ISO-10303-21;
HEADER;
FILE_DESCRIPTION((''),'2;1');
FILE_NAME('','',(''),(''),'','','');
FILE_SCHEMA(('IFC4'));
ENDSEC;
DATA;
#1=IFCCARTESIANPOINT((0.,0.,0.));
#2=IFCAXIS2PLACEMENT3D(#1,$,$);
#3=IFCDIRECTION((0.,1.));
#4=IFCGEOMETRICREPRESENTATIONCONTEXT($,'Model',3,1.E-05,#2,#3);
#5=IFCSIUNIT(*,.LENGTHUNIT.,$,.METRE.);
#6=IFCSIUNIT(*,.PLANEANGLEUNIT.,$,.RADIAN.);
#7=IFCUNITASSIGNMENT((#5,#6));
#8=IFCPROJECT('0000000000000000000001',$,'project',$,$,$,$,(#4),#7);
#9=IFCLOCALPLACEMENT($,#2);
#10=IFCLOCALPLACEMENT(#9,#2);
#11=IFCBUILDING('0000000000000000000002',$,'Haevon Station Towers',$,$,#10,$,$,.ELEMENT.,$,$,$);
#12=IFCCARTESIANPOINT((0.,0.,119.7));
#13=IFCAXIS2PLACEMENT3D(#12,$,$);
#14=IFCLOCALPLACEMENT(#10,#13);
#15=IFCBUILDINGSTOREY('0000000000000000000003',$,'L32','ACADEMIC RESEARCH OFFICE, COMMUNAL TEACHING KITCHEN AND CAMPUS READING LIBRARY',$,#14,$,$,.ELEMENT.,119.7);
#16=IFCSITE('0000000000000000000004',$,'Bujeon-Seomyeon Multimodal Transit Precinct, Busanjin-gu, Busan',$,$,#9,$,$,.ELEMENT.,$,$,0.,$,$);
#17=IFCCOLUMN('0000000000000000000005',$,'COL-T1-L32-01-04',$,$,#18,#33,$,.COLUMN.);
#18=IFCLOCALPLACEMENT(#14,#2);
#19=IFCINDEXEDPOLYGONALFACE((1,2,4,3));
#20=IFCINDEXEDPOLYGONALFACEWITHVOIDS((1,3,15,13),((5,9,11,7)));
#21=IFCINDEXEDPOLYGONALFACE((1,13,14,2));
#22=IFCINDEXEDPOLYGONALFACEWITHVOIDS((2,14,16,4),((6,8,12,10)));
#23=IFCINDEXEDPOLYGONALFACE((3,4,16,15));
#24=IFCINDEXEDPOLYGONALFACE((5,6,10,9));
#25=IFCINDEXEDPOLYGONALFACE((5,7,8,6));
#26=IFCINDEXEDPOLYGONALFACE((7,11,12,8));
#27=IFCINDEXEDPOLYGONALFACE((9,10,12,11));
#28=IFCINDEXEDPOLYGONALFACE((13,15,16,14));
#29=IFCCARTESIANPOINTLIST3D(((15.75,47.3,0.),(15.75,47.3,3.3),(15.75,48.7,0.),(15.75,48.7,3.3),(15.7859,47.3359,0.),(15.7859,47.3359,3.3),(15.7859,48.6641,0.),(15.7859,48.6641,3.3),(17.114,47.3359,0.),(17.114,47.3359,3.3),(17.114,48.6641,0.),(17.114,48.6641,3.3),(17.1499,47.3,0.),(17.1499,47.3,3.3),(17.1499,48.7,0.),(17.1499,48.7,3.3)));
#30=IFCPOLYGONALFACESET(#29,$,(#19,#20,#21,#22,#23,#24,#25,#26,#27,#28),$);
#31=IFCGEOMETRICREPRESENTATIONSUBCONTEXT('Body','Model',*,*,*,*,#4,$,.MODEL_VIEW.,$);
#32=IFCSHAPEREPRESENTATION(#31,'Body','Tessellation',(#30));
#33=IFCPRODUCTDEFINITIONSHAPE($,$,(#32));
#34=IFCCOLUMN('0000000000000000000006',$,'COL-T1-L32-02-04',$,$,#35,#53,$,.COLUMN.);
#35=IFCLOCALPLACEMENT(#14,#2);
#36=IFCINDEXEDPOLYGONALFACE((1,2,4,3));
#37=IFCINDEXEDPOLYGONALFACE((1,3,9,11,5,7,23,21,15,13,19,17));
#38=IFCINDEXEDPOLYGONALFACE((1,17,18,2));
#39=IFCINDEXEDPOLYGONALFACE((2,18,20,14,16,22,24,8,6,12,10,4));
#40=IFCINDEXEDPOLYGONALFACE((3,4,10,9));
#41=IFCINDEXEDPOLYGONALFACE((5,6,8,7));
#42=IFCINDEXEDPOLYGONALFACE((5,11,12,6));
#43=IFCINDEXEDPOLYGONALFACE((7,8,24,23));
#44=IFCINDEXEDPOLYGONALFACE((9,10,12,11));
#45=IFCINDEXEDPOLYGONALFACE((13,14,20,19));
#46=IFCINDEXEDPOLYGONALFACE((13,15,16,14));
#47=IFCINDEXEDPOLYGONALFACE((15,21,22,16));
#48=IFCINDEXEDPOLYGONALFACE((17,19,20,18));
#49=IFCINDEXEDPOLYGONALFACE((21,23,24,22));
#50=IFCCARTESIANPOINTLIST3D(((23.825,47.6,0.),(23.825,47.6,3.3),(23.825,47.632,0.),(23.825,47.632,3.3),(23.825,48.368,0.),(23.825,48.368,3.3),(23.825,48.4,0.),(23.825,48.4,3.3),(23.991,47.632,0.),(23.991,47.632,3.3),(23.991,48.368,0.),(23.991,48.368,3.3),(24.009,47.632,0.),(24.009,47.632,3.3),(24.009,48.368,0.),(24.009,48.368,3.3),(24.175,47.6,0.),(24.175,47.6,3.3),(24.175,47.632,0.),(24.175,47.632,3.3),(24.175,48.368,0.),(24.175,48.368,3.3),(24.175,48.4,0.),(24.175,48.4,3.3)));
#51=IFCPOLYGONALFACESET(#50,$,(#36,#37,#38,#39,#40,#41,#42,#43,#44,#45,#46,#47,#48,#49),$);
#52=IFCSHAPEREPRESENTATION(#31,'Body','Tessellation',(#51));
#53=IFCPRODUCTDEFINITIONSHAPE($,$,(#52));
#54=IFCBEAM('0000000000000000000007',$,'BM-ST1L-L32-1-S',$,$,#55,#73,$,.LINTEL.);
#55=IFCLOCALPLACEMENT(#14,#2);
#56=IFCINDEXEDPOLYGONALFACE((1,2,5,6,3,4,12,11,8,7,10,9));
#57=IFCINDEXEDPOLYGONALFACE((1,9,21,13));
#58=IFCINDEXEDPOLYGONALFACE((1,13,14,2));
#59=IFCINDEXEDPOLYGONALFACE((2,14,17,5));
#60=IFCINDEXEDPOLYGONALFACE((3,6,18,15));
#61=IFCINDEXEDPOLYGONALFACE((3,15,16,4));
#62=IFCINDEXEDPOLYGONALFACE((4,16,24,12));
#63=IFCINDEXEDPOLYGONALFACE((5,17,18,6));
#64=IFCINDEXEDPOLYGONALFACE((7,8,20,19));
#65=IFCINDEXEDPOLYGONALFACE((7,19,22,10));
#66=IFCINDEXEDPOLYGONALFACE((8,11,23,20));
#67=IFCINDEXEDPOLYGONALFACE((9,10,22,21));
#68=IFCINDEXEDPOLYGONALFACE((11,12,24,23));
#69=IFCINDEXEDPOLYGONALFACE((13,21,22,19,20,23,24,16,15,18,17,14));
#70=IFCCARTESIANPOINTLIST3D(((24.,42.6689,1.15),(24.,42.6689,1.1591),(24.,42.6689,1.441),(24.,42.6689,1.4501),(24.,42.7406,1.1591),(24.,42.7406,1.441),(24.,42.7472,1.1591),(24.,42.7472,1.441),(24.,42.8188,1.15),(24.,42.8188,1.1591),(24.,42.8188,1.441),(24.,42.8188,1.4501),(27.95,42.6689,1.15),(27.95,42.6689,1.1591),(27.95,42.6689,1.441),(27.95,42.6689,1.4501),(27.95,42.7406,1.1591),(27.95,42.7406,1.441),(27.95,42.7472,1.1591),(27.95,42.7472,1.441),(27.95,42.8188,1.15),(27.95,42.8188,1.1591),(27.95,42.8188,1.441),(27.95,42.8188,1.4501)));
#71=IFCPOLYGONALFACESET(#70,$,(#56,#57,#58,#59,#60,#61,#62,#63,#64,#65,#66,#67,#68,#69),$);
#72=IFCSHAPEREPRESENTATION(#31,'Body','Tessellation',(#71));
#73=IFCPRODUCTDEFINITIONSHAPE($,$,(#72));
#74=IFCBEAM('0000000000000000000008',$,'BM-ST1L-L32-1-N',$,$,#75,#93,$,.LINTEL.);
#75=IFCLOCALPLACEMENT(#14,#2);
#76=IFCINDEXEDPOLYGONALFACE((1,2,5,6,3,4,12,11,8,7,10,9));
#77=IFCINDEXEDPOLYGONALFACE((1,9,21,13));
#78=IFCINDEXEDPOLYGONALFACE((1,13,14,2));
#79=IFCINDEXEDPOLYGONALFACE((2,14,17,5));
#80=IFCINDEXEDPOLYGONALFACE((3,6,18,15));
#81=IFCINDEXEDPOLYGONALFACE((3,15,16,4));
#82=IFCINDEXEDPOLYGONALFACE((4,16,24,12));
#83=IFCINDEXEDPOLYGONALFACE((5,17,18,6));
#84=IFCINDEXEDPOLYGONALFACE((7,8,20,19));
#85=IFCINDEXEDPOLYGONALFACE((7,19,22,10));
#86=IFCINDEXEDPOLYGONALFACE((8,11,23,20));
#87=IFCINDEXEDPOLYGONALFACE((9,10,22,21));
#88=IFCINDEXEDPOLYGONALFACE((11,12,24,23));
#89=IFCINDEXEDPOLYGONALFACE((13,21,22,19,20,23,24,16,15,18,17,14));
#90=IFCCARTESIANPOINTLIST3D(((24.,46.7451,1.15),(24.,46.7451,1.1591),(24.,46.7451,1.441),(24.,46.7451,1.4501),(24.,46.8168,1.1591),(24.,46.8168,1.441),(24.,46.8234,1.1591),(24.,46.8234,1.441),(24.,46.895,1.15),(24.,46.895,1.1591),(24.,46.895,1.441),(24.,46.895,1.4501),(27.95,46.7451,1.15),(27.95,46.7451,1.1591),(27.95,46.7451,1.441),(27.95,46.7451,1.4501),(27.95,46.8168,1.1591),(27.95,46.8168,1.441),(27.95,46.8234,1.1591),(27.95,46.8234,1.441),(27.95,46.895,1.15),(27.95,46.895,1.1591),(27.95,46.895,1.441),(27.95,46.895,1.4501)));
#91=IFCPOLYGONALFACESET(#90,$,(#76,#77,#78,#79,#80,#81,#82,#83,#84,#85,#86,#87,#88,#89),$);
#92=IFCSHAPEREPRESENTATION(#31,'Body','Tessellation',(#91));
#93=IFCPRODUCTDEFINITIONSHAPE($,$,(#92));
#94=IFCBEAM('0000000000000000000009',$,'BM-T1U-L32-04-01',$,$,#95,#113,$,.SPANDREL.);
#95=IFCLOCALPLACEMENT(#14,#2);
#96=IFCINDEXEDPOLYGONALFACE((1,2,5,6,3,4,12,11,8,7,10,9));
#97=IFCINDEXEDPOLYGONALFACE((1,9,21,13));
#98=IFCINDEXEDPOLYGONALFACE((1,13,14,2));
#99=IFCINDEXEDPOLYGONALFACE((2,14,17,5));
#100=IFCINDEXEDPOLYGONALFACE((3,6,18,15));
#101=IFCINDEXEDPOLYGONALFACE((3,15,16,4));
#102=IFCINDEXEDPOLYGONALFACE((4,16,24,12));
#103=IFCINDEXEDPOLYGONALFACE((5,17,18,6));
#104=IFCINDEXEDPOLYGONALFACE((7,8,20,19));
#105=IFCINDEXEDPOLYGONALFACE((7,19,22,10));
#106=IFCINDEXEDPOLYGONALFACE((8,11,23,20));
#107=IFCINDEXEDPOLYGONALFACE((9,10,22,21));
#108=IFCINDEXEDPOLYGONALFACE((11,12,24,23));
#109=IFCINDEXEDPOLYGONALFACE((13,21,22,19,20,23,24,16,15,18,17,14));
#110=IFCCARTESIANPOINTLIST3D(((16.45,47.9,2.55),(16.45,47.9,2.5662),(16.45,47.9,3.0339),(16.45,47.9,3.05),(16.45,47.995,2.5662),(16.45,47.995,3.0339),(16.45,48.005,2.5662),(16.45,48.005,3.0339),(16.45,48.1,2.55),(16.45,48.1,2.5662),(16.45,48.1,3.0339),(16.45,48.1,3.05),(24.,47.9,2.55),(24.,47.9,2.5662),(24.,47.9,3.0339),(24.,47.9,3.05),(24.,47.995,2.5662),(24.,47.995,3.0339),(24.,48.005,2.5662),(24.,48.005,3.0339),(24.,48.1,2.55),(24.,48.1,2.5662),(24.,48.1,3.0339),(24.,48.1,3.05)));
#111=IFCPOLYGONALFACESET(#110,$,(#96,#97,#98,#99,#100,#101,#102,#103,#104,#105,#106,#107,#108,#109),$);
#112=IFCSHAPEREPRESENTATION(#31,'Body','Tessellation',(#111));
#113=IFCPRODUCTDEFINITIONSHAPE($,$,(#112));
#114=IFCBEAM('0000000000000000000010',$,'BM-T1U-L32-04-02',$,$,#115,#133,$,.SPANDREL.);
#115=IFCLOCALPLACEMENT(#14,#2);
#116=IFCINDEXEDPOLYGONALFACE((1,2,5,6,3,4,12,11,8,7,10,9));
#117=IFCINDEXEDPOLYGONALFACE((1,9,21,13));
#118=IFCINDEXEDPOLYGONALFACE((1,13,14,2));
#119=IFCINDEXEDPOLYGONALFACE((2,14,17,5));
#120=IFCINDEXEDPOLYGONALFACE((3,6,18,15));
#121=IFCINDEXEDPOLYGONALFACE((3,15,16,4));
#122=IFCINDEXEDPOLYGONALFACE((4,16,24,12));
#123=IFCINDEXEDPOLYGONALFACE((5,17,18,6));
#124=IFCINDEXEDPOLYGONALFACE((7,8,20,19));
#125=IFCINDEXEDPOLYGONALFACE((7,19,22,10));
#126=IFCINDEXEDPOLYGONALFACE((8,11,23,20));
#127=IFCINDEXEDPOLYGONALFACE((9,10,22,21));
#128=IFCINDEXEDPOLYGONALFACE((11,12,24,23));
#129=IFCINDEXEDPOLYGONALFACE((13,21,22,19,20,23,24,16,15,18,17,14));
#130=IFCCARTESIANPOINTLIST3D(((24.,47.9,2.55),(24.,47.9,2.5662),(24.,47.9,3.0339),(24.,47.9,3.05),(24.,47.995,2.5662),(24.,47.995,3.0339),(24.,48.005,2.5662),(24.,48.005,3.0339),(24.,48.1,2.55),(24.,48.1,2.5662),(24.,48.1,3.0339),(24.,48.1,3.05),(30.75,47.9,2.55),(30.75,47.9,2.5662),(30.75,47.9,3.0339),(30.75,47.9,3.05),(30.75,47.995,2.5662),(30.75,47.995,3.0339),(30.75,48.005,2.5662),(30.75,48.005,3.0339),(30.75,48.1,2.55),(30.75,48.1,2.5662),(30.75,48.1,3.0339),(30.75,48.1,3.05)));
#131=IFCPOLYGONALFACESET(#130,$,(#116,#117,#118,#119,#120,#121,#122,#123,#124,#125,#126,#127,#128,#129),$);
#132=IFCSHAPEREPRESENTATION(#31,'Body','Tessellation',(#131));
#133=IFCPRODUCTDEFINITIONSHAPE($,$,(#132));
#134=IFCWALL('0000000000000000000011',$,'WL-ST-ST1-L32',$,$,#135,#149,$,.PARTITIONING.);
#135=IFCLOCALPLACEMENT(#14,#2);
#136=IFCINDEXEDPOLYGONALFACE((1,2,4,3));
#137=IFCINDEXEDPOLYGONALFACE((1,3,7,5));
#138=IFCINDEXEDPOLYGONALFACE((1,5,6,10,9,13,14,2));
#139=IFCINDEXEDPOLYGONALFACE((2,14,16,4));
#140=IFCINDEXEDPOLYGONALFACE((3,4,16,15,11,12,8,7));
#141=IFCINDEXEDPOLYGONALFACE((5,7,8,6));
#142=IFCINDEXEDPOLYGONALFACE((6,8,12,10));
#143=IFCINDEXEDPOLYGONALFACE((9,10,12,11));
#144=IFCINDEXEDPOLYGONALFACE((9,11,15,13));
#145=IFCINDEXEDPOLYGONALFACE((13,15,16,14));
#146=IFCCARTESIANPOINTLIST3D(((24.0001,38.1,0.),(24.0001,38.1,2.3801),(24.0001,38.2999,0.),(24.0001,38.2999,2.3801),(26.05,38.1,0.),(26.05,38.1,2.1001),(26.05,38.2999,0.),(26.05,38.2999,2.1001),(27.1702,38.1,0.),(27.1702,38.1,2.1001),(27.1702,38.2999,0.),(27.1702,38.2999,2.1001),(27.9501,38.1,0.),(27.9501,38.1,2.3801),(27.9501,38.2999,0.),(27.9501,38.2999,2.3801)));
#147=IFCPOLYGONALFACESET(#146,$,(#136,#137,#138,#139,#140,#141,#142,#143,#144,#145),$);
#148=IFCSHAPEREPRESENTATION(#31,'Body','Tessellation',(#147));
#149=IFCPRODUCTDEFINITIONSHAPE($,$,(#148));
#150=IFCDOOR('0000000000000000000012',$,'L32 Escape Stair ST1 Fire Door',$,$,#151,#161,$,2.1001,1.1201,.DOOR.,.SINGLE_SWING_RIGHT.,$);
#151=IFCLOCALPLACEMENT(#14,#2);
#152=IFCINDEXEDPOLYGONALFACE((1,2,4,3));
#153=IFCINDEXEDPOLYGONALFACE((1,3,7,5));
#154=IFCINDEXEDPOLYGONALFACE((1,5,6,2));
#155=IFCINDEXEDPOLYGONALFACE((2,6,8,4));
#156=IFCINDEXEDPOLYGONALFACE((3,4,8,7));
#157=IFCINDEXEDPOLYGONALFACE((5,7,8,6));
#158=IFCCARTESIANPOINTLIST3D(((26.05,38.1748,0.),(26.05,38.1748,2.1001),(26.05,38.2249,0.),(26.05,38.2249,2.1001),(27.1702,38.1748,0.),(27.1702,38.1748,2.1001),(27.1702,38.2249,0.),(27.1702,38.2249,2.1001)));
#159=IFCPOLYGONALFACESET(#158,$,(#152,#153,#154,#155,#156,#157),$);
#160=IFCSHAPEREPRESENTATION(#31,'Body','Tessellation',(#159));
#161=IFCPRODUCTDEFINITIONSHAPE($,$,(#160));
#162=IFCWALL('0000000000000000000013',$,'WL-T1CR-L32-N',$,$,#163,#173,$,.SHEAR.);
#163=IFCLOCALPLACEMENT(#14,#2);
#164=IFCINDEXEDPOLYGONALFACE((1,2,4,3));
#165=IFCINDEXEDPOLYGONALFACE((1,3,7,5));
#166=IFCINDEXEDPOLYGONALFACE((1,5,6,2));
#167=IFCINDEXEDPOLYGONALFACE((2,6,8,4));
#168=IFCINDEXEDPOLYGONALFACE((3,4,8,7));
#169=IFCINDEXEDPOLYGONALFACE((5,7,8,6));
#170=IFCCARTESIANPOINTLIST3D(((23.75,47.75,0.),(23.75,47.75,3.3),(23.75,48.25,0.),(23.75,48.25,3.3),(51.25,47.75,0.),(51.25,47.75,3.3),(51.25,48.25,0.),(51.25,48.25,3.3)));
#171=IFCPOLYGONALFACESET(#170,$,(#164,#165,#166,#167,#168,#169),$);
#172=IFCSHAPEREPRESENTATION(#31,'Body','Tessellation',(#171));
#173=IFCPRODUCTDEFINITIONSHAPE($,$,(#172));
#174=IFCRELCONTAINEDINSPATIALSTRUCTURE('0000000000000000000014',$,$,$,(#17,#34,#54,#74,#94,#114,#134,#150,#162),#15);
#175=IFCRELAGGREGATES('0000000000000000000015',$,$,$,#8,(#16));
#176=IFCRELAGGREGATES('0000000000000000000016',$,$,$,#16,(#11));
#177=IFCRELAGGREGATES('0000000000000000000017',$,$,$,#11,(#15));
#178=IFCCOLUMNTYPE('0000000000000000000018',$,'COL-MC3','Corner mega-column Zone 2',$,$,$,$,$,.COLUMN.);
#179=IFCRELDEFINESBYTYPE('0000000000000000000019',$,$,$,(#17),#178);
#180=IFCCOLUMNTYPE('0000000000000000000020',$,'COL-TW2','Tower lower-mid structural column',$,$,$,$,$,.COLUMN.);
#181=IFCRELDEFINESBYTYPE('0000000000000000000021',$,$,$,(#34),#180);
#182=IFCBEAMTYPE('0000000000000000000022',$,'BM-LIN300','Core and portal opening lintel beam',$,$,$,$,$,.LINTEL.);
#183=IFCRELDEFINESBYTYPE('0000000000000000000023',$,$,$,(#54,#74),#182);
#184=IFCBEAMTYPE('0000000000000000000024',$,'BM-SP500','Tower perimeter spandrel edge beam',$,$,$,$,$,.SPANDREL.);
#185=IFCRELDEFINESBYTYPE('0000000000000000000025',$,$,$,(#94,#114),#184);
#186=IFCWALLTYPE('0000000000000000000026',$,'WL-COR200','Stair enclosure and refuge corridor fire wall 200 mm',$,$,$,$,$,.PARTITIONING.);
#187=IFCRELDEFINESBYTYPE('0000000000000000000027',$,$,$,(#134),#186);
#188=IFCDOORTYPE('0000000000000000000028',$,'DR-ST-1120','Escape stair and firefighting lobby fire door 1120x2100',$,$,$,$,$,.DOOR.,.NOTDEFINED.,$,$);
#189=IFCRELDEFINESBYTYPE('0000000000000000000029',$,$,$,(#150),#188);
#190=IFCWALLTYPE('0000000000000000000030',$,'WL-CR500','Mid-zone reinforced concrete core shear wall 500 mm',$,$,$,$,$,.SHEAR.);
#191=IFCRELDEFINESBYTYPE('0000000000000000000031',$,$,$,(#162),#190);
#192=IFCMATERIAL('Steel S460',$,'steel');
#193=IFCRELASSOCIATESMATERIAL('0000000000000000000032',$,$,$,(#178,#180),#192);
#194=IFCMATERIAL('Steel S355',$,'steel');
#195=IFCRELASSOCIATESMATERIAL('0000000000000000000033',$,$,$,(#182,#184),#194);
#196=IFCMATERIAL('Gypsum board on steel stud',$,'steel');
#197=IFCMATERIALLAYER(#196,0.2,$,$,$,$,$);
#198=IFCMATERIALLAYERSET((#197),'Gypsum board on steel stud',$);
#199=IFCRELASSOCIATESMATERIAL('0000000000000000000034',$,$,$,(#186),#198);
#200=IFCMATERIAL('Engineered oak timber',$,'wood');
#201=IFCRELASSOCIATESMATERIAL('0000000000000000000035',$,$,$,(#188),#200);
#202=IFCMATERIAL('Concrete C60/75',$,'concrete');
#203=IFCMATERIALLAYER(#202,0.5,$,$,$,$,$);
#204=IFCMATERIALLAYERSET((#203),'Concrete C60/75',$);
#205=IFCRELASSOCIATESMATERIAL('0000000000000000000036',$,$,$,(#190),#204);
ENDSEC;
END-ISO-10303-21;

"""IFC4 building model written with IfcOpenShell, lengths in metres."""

from ifc_helpers import new_model, si_unit, direction, frame, frame_2d, origin, origin_2d, place, context, subcontext, project, spatial, rectangle, hollow_rectangle, i_section, extrude, material, layer, layer_set, material_profile, profile_set, type_object, element, fill, save


model = new_model("IFC4")

# Units and contexts
model_context = context("Model", 3, precision=1e-05, world=origin(), true_north=direction((0.0, 1.0)))
body_context = subcontext(model_context, "Body", "Model", "MODEL_VIEW")
ifc_project = project(units=[si_unit("LENGTHUNIT", "METRE"), si_unit("PLANEANGLEUNIT", "RADIAN")], contexts=[model_context])

# Site, building, storey
site_placement = place(None, origin())
site = spatial("IfcSite", under=ifc_project, at=site_placement, Name="Bujeon-Seomyeon Multimodal Transit Precinct, Busanjin-gu, Busan", CompositionType="ELEMENT", RefElevation=0.0)
building_placement = place(site_placement, origin())
building = spatial("IfcBuilding", under=site, at=building_placement, Name="Haevon Station Towers", CompositionType="ELEMENT")
storey_placement = place(building_placement, frame((0.0, 0.0, 119.7)))
storey = spatial("IfcBuildingStorey", under=building, at=storey_placement, Name="L32", Description="ACADEMIC RESEARCH OFFICE, COMMUNAL TEACHING KITCHEN AND CAMPUS READING LIBRARY", CompositionType="ELEMENT", Elevation=119.7)

# Columns
ifc_material_1 = material(Name="Steel S460", Category="steel")
ifc_material_profile_1 = material_profile(ifc_material_1, hollow_rectangle(XDim=1.3999, YDim=1.3999, WallThickness=0.0359, at=origin_2d()), Name="BOX-1400x1400x36")
ifc_profile_set_1 = profile_set([ifc_material_profile_1], Name="Steel S460")
column_type_1 = type_object("IfcColumnType", Name="COL-MC3", Description="Corner mega-column Zone 2", PredefinedType="COLUMN", material=ifc_profile_set_1)
column_1_placement = place(storey_placement, frame((16.45, 48.0, 0.0), z_axis=(0.0, 0.0, 1.0), x_axis=(1.0, 0.0, 0.0)))
element("IfcColumn", 1, at=column_1_placement, inside=storey, type_object=column_type_1, Name="COL-T1-L32-01-04", PredefinedType="COLUMN", context=body_context, shape_type="SweptSolid", body=[
    extrude(hollow_rectangle(XDim=1.3999, YDim=1.3999, WallThickness=0.0359, at=origin_2d()), origin(), (0.0, 0.0, 1.0), 3.3),
])
ifc_material_profile_2 = material_profile(ifc_material_1, i_section(OverallWidth=0.3501, OverallDepth=0.8, WebThickness=0.0181, FlangeThickness=0.032, at=origin_2d()), Name="H-800x350x18x32")
ifc_profile_set_2 = profile_set([ifc_material_profile_2], Name="Steel S460")
column_type_2 = type_object("IfcColumnType", Name="COL-TW2", Description="Tower lower-mid structural column", PredefinedType="COLUMN", material=ifc_profile_set_2)
column_2_placement = place(storey_placement, frame((24.0, 48.0, 0.0), z_axis=(0.0, 0.0, 1.0), x_axis=(1.0, 0.0, 0.0)))
element("IfcColumn", 2, at=column_2_placement, inside=storey, type_object=column_type_2, Name="COL-T1-L32-02-04", PredefinedType="COLUMN", context=body_context, shape_type="SweptSolid", body=[
    extrude(i_section(OverallWidth=0.3501, OverallDepth=0.8, WebThickness=0.0181, FlangeThickness=0.032, at=origin_2d()), origin(), (0.0, 0.0, 1.0), 3.3),
])

# Beams
ifc_material_2 = material(Name="Steel S355", Category="steel")
ifc_material_profile_3 = material_profile(ifc_material_2, i_section(OverallWidth=0.1499, OverallDepth=0.3, WebThickness=0.0066, FlangeThickness=0.009, at=origin_2d()), Name="H-300x150x6.5x9")
ifc_profile_set_3 = profile_set([ifc_material_profile_3], Name="Steel S355")
beam_type_1 = type_object("IfcBeamType", Name="BM-LIN300", Description="Core and portal opening lintel beam", PredefinedType="LINTEL", material=ifc_profile_set_3)
for number, where, z_axis, x_axis, name in (
    (3, (24.0, 42.7439, 1.3), (1.0, 0.0, 0.0), (0.0, 1.0, 0.0), "BM-ST1L-L32-1-S"),
    (4, (24.0, 46.8201, 1.3), (1.0, 0.0, 0.0), (0.0, 1.0, 0.0), "BM-ST1L-L32-1-N"),
):
    element("IfcBeam", number, at=place(storey_placement, frame(where, z_axis=z_axis, x_axis=x_axis)), inside=storey, type_object=beam_type_1, Name=name, PredefinedType="LINTEL", context=body_context, shape_type="SweptSolid", body=[
        extrude(i_section(OverallWidth=0.1499, OverallDepth=0.3, WebThickness=0.0066, FlangeThickness=0.009, at=origin_2d()), origin(), (0.0, 0.0, 1.0), 3.95),
    ])
ifc_material_profile_4 = material_profile(ifc_material_2, i_section(OverallWidth=0.2, OverallDepth=0.5, WebThickness=0.01, FlangeThickness=0.0161, at=origin_2d()), Name="H-500x200x10x16")
ifc_profile_set_4 = profile_set([ifc_material_profile_4], Name="Steel S355")
beam_type_2 = type_object("IfcBeamType", Name="BM-SP500", Description="Tower perimeter spandrel edge beam", PredefinedType="SPANDREL", material=ifc_profile_set_4)
beam_1_placement = place(storey_placement, frame((16.45, 48.0, 2.8), z_axis=(1.0, 0.0, 0.0), x_axis=(0.0, 1.0, 0.0)))
element("IfcBeam", 5, at=beam_1_placement, inside=storey, type_object=beam_type_2, Name="BM-T1U-L32-04-01", PredefinedType="SPANDREL", context=body_context, shape_type="SweptSolid", body=[
    extrude(i_section(OverallWidth=0.2, OverallDepth=0.5, WebThickness=0.01, FlangeThickness=0.0161, at=origin_2d()), origin(), (0.0, 0.0, 1.0), 7.55),
])
beam_2_placement = place(storey_placement, frame((24.0, 48.0, 2.8), z_axis=(1.0, 0.0, 0.0), x_axis=(0.0, 1.0, 0.0)))
element("IfcBeam", 6, at=beam_2_placement, inside=storey, type_object=beam_type_2, Name="BM-T1U-L32-04-02", PredefinedType="SPANDREL", context=body_context, shape_type="SweptSolid", body=[
    extrude(i_section(OverallWidth=0.2, OverallDepth=0.5, WebThickness=0.01, FlangeThickness=0.0161, at=origin_2d()), origin(), (0.0, 0.0, 1.0), 6.75),
])

# Wall, opening, door
ifc_material_3 = material(Name="Gypsum board on steel stud", Category="steel")
ifc_layer_1 = layer(ifc_material_3, 0.2)
ifc_layer_set_1 = layer_set([ifc_layer_1], Name="Gypsum board on steel stud")
wall_type_1 = type_object("IfcWallType", Name="WL-COR200", Description="Stair enclosure and refuge corridor fire wall 200 mm", PredefinedType="PARTITIONING", material=ifc_layer_set_1)
wall_1_placement = place(storey_placement, frame((24.0, 38.2, 0.0), z_axis=(0.0, 0.0, 1.0), x_axis=(1.0, 0.0, 0.0)))
wall_1 = element("IfcWall", 7, at=wall_1_placement, inside=storey, type_object=wall_type_1, Name="WL-ST-ST1-L32", PredefinedType="PARTITIONING", context=body_context, shape_type="SweptSolid", body=[
    extrude(rectangle(XDim=3.95, YDim=0.2, at=frame_2d((1.9751, 0.0))), origin(), (0.0, 0.0, 1.0), 2.3801),
])
opening_placement = place(wall_1_placement, frame((2.05, 0.0, 0.0)))
opening = element("IfcOpeningElement", 8, at=opening_placement, cuts=wall_1, PredefinedType="OPENING", context=body_context, shape_type="SweptSolid", body=[
    extrude(rectangle(XDim=1.1201, YDim=2.1001, at=frame_2d((0.5601, 1.05))), frame((0.0, 0.1099, 0.0), z_axis=(0.0, -1.0, 0.0), x_axis=(1.0, 0.0, 0.0)), (0.0, 0.0, 1.0), 0.22),
])
ifc_material_4 = material(Name="Engineered oak timber", Category="wood")
door_type = type_object("IfcDoorType", Name="DR-ST-1120", Description="Escape stair and firefighting lobby fire door 1120x2100", OperationType="NOTDEFINED", PredefinedType="DOOR", material=ifc_material_4)
door_placement = place(opening_placement, origin())
door = element("IfcDoor", 9, at=door_placement, inside=storey, type_object=door_type, Name="L32 Escape Stair ST1 Fire Door", OperationType="SINGLE_SWING_RIGHT", OverallHeight=2.1001, OverallWidth=1.1201, PredefinedType="DOOR", context=body_context, shape_type="SweptSolid", body=[
    extrude(rectangle(XDim=1.1201, YDim=2.1001, at=frame_2d((0.5601, 1.05))), frame((0.0, 0.0249, 0.0), z_axis=(0.0, -1.0, 0.0), x_axis=(1.0, 0.0, 0.0)), (0.0, 0.0, 1.0), 0.05),
])
fill(opening, door)

# Wall
ifc_material_5 = material(Name="Concrete C60/75", Category="concrete")
ifc_layer_2 = layer(ifc_material_5, 0.5)
ifc_layer_set_2 = layer_set([ifc_layer_2], Name="Concrete C60/75")
wall_type_2 = type_object("IfcWallType", Name="WL-CR500", Description="Mid-zone reinforced concrete core shear wall 500 mm", PredefinedType="SHEAR", material=ifc_layer_set_2)
wall_2_placement = place(storey_placement, frame((23.75, 48.0, 0.0), z_axis=(0.0, 0.0, 1.0), x_axis=(1.0, 0.0, 0.0)))
element("IfcWall", 10, at=wall_2_placement, inside=storey, type_object=wall_type_2, Name="WL-T1CR-L32-N", PredefinedType="SHEAR", context=body_context, shape_type="SweptSolid", body=[
    extrude(rectangle(XDim=27.5, YDim=0.5, at=frame_2d((13.75, 0.0))), origin(), (0.0, 0.0, 1.0), 3.3),
])

save(model, "model.ifc")
